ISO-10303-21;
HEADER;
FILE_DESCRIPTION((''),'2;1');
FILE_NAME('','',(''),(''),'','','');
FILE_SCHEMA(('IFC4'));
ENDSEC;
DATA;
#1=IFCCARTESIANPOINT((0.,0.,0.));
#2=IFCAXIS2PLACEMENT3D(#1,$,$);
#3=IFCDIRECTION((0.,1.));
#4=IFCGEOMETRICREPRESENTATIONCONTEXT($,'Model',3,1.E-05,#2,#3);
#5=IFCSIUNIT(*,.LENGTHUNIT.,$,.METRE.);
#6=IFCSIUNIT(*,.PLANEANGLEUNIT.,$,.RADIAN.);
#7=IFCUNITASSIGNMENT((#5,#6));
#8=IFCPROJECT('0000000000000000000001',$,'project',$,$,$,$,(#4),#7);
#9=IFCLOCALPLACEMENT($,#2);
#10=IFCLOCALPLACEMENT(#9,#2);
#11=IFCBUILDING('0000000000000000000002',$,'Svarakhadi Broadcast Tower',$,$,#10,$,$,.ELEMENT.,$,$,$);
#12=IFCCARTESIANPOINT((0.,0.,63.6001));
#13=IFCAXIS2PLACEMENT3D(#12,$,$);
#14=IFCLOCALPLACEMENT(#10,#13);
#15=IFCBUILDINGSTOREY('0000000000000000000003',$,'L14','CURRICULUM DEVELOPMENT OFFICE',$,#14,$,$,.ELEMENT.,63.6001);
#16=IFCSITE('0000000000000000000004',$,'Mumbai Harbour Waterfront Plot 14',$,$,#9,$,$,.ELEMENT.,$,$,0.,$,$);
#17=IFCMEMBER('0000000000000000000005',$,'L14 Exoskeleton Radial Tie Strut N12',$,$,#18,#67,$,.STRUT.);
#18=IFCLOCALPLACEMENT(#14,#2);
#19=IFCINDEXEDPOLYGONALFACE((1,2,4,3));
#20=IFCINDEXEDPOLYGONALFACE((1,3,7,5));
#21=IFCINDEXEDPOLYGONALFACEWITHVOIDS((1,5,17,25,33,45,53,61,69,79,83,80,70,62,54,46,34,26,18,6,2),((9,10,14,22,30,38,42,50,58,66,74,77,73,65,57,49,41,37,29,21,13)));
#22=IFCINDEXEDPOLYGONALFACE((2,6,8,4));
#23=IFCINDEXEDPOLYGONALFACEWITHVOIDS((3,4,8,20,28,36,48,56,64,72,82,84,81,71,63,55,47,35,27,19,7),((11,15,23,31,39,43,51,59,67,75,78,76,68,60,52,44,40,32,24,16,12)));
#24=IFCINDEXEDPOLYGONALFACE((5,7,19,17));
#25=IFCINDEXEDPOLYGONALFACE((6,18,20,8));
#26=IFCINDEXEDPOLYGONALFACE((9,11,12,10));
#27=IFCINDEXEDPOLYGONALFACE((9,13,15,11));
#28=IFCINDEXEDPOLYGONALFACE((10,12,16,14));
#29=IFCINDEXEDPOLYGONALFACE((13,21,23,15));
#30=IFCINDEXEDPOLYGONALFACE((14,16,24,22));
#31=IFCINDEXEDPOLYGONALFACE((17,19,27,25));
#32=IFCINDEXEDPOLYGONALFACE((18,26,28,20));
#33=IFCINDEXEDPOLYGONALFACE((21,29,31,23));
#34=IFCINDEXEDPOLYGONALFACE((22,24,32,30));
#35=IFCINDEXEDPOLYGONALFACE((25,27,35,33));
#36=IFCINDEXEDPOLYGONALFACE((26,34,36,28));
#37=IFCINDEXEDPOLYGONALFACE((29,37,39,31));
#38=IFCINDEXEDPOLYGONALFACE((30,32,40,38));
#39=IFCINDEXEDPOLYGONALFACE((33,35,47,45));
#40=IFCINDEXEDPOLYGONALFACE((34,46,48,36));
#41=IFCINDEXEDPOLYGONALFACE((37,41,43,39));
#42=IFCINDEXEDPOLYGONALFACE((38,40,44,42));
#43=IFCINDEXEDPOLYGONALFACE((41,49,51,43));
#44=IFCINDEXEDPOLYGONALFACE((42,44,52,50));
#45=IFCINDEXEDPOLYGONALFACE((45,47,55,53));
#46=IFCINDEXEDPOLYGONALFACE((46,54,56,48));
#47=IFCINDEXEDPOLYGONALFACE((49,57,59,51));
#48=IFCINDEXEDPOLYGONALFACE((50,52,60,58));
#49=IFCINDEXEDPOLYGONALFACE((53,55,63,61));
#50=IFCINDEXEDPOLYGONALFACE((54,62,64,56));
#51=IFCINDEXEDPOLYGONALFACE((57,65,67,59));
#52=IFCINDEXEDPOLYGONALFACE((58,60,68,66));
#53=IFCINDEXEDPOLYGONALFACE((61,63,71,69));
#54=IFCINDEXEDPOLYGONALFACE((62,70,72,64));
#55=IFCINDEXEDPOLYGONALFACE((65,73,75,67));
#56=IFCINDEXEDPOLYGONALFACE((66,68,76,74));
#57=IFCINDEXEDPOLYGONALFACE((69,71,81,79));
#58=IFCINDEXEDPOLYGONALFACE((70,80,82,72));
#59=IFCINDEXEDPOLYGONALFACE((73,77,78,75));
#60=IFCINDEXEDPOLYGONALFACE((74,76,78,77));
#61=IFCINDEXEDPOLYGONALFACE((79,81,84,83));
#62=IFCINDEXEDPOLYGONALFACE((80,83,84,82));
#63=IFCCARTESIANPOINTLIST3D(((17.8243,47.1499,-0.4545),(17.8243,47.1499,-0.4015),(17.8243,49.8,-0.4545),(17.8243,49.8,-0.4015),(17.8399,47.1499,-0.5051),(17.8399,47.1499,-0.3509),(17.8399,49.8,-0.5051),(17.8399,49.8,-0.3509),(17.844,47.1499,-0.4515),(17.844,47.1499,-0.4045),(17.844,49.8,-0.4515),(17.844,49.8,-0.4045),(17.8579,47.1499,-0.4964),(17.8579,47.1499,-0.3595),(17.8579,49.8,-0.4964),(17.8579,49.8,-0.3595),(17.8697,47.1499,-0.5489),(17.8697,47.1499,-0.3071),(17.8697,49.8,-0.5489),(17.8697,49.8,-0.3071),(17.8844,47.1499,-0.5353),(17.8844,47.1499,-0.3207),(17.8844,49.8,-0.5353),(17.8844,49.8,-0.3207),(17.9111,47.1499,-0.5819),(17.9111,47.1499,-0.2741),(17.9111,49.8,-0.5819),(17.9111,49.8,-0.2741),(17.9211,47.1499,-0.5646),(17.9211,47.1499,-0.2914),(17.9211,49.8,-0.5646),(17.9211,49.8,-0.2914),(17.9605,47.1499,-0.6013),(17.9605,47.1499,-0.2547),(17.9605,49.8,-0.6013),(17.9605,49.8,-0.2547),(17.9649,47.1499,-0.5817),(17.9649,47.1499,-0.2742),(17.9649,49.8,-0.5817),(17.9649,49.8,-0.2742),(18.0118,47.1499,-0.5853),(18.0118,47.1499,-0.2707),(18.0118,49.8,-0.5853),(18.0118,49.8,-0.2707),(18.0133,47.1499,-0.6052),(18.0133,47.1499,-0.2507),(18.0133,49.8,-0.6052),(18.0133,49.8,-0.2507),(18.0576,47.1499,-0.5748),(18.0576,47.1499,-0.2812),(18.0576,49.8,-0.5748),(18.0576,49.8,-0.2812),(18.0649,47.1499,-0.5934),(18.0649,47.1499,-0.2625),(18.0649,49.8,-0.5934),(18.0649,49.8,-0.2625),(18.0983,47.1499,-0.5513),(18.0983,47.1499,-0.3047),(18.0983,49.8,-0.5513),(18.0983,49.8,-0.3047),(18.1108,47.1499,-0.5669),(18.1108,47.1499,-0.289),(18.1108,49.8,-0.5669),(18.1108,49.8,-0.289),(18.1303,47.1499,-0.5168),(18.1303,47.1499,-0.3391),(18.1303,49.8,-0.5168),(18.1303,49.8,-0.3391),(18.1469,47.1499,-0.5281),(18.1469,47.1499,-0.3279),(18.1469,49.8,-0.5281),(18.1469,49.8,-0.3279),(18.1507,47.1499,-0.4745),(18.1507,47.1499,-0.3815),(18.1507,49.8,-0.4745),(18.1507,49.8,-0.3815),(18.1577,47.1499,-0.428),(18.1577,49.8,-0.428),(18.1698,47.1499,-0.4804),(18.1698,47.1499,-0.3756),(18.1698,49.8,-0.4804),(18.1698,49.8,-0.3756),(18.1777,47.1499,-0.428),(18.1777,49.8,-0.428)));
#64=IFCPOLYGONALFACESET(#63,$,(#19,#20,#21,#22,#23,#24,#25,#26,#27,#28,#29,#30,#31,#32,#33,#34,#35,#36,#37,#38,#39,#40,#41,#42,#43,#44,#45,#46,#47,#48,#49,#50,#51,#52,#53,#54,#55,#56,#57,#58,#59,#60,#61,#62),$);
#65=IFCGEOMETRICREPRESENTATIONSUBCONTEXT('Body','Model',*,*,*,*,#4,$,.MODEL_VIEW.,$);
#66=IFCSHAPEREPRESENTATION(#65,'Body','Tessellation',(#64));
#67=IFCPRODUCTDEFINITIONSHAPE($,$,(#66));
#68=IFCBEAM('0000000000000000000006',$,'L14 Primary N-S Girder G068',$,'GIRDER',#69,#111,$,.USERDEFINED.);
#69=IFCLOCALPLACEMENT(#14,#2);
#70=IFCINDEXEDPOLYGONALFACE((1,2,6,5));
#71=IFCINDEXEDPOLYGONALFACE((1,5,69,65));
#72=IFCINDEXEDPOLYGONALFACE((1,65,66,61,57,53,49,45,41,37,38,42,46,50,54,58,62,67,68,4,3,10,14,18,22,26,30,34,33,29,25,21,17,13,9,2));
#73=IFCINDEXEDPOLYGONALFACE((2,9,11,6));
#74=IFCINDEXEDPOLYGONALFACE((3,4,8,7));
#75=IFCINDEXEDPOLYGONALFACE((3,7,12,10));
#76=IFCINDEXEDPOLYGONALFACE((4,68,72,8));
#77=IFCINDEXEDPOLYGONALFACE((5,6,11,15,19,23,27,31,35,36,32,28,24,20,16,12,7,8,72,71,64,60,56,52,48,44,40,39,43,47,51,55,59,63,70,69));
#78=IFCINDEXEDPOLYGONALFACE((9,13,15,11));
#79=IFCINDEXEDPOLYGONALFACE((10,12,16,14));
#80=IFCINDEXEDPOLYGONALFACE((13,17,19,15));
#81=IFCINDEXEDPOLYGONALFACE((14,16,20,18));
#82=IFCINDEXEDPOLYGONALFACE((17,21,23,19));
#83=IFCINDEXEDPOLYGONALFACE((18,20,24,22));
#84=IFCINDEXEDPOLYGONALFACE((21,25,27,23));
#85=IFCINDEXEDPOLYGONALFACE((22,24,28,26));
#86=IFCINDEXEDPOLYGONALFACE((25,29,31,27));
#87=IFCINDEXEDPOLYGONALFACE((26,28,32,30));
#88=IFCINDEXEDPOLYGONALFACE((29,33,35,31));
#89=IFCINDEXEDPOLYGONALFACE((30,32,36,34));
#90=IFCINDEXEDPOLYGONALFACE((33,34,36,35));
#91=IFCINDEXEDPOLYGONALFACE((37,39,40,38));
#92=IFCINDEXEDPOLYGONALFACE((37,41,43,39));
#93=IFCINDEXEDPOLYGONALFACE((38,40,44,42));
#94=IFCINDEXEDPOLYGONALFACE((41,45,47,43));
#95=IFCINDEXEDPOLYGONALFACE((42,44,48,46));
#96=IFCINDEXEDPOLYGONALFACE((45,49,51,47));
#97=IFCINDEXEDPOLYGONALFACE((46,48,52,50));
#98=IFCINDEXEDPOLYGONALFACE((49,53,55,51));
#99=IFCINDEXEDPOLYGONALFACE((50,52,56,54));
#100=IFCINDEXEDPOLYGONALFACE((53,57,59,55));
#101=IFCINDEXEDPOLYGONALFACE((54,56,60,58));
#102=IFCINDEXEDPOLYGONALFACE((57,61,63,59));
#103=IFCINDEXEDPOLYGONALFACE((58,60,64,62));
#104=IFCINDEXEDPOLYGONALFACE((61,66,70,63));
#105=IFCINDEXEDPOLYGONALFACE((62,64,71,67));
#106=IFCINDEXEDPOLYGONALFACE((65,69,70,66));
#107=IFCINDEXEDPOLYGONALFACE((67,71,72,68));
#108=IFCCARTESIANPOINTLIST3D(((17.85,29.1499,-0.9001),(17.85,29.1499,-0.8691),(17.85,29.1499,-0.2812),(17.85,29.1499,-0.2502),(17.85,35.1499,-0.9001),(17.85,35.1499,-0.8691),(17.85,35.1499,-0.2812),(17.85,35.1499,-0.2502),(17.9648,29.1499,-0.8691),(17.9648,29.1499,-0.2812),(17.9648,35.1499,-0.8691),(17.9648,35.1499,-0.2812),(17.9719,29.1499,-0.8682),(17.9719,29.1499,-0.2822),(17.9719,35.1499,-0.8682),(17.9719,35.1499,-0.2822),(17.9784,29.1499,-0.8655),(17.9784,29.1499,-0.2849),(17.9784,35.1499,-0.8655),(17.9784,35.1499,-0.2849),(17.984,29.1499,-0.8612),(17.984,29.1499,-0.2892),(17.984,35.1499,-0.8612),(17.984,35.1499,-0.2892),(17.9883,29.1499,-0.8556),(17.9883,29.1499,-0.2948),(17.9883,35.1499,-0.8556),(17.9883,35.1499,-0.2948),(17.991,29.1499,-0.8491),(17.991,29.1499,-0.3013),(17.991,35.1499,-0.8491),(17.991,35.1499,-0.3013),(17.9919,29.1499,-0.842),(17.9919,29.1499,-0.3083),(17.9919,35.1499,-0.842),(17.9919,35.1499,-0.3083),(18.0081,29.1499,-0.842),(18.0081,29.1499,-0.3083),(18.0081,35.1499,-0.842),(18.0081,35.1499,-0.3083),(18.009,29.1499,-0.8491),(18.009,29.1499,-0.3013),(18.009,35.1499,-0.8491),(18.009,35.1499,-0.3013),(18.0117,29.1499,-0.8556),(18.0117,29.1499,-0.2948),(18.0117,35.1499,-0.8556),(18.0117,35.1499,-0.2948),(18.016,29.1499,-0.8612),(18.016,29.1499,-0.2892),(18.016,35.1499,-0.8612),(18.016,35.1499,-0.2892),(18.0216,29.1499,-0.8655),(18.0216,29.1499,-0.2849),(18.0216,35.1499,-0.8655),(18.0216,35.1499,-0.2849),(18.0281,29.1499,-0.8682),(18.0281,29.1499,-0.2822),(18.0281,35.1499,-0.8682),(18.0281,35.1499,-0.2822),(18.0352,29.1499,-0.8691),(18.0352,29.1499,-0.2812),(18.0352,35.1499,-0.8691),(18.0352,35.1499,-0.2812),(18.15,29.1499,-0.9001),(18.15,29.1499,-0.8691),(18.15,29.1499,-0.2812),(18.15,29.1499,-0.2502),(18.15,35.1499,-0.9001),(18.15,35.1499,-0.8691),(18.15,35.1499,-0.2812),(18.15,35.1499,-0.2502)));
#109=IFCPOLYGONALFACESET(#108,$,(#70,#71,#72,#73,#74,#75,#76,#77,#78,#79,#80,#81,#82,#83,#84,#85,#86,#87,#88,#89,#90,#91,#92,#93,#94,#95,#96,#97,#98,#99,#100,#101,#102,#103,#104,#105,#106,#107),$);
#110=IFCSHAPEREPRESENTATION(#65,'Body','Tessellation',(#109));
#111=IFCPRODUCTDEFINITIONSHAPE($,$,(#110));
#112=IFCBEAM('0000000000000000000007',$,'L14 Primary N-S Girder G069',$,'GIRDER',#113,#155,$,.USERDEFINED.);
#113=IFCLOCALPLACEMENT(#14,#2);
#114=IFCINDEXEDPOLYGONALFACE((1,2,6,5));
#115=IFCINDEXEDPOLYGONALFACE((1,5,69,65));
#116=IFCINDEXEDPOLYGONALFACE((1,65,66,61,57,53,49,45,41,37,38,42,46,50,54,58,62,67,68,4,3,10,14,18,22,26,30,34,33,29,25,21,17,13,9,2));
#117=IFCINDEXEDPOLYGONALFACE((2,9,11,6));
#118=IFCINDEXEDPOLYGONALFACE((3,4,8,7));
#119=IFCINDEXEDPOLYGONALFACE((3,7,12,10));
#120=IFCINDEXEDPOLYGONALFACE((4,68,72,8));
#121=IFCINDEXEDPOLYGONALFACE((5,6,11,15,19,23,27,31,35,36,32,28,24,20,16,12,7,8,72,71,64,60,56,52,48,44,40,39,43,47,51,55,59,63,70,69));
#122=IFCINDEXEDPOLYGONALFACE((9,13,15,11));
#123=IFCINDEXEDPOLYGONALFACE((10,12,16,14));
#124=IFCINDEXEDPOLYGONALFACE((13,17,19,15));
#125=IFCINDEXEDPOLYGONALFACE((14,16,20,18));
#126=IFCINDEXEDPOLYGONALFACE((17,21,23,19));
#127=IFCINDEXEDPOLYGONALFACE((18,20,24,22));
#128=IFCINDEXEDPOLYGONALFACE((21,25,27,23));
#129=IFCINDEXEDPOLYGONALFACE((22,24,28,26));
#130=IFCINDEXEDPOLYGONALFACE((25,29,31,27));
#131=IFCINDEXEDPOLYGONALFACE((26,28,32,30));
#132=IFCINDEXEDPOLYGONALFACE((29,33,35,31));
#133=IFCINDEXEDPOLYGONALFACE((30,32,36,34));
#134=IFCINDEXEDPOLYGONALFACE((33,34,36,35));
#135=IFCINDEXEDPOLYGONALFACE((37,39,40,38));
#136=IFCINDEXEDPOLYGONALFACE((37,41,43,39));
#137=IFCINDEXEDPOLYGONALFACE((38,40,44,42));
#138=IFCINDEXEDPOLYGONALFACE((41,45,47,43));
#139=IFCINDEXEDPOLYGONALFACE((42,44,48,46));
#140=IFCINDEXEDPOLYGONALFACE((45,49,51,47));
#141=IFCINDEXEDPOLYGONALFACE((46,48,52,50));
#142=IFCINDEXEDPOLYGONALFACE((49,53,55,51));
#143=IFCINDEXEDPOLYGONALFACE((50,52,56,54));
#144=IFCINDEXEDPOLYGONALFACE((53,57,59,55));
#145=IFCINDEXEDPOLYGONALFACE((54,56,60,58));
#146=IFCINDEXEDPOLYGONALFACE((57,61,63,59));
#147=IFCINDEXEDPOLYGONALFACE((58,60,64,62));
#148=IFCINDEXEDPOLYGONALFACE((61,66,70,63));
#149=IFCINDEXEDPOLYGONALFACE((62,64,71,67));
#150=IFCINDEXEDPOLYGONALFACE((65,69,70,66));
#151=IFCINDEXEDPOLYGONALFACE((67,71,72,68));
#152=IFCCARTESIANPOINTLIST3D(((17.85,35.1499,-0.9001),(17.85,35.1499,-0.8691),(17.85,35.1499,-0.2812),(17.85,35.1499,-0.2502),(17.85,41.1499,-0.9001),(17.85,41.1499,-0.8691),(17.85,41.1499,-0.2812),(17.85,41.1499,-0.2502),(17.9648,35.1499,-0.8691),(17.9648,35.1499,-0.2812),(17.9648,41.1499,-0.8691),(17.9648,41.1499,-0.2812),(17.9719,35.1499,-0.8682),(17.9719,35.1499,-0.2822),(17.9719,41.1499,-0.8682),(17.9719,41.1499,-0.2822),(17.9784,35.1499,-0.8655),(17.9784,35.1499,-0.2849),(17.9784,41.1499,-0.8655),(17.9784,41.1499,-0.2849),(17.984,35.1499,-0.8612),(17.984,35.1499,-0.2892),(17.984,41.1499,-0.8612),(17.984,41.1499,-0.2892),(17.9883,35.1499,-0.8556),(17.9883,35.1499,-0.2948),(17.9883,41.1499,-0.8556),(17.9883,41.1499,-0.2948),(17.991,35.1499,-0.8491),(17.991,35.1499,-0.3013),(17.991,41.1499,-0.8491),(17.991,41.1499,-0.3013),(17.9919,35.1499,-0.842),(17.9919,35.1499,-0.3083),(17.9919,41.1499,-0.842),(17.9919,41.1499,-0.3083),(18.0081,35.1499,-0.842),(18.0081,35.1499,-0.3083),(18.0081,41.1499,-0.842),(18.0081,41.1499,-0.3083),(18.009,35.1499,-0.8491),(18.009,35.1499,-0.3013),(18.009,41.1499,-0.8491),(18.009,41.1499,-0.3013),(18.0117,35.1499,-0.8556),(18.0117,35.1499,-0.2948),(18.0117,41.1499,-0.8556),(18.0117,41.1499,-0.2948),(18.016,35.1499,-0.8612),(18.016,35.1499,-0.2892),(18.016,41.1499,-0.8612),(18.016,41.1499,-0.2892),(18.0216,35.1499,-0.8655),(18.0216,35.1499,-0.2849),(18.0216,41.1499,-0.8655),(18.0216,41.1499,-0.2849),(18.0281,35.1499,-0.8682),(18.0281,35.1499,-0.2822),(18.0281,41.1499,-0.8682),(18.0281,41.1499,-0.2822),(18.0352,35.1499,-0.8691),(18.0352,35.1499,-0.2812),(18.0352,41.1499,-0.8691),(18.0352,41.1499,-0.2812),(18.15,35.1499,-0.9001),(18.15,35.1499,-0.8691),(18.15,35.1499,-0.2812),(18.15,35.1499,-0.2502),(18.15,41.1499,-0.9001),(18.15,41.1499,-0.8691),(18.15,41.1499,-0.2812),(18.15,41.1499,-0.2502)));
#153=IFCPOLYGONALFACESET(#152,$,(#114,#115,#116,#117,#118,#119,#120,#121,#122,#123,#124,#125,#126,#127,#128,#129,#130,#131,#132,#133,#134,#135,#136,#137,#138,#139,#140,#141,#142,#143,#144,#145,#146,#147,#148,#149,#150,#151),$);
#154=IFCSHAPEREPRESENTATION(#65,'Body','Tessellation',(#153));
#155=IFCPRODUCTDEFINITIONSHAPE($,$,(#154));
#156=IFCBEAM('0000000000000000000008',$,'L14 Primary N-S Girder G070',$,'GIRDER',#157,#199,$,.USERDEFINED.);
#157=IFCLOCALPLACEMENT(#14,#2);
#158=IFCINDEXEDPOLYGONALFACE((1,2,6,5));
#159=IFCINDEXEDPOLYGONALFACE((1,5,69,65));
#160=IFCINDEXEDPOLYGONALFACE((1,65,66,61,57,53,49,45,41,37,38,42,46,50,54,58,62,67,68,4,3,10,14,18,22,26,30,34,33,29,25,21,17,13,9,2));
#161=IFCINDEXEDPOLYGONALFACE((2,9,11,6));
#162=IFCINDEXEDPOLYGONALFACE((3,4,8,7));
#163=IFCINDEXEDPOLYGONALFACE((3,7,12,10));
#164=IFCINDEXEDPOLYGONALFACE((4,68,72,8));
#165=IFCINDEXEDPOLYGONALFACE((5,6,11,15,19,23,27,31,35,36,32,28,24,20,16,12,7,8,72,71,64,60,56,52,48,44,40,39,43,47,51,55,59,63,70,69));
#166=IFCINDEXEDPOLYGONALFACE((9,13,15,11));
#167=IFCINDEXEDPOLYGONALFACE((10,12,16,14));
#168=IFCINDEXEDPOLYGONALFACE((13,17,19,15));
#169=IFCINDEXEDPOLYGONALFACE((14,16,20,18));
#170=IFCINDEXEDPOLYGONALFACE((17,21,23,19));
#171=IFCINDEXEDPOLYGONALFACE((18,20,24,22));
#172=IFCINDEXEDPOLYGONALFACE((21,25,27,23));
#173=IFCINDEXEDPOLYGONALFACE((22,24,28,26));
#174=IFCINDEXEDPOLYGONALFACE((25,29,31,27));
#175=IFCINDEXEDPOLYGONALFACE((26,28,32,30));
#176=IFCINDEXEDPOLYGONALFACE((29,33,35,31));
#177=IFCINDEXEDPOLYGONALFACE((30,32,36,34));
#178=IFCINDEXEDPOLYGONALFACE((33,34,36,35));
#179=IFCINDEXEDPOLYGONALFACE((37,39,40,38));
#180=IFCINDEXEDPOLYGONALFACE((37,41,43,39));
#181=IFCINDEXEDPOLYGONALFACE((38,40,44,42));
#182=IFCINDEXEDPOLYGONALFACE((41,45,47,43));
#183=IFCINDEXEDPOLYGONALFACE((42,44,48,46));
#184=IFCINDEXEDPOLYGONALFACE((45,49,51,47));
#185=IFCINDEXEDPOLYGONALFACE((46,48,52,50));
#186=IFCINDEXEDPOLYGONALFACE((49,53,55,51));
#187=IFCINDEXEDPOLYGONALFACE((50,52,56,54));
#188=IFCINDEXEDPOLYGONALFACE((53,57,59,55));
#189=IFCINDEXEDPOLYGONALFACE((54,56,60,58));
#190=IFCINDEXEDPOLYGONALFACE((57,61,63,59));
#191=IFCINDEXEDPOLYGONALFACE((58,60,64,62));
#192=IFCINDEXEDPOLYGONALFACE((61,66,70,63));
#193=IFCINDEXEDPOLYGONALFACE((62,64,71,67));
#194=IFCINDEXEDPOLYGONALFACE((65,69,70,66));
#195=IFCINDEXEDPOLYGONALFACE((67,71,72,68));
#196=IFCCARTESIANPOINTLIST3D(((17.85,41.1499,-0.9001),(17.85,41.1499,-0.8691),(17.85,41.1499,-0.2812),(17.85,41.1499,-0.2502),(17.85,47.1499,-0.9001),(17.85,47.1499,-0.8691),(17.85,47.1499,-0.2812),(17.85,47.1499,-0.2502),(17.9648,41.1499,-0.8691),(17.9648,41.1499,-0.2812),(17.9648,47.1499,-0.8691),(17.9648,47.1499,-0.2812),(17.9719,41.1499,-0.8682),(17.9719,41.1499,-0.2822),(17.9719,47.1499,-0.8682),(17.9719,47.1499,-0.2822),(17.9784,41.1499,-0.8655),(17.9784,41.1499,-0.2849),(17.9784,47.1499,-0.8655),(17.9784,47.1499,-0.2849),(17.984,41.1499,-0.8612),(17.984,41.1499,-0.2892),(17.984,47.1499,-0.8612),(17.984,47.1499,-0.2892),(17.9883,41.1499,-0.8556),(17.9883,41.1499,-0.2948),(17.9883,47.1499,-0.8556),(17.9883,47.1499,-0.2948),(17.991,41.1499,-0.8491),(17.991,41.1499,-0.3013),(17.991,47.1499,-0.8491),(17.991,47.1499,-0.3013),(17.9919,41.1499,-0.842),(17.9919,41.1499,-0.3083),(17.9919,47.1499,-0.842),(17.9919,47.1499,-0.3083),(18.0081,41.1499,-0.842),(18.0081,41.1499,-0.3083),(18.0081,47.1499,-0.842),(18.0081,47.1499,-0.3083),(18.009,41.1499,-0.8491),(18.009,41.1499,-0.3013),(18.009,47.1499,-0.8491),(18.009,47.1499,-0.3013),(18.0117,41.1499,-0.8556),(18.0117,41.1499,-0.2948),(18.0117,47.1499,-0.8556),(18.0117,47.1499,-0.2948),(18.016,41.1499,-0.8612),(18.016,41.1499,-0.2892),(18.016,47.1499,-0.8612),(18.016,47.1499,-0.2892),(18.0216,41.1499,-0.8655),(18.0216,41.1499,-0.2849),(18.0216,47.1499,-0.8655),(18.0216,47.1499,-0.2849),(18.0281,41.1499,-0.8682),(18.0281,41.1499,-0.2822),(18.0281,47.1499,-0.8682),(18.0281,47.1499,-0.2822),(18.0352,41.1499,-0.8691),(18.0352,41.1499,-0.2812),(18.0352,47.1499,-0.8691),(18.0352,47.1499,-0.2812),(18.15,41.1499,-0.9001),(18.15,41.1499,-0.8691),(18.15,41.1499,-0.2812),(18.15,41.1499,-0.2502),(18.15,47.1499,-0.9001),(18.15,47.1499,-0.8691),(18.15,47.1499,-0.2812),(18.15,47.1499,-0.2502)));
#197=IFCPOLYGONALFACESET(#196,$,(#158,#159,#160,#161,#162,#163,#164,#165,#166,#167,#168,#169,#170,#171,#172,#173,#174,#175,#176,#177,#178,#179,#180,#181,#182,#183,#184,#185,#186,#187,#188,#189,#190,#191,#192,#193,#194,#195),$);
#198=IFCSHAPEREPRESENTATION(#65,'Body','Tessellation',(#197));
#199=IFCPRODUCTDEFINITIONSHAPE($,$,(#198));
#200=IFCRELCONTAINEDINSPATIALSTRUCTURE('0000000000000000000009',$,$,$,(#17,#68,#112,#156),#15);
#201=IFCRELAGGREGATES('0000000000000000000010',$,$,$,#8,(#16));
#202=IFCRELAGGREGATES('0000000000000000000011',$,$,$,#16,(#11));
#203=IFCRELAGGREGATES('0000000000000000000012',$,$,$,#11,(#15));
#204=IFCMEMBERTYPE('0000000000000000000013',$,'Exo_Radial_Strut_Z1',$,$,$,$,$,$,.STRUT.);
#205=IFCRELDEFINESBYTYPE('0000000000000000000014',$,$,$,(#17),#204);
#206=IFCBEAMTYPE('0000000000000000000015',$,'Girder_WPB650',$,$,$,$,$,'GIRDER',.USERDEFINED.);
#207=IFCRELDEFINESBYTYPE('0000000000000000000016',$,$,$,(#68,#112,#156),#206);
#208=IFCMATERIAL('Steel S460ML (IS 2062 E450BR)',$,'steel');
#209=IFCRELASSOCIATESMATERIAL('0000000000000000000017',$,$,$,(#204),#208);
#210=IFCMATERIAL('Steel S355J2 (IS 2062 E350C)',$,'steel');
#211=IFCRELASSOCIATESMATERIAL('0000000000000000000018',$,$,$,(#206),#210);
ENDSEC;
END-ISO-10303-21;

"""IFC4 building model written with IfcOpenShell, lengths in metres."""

from ifc_helpers import new_model, si_unit, direction, frame, origin, origin_2d, place, context, subcontext, project, spatial, hollow_circle, i_section, extrude, material, material_profile, profile_set, type_object, element, save


model = new_model("IFC4")

# Units and contexts
model_context = context("Model", 3, precision=1e-05, world=origin(), true_north=direction((0.0, 1.0)))
body_context = subcontext(model_context, "Body", "Model", "MODEL_VIEW")
ifc_project = project(units=[si_unit("LENGTHUNIT", "METRE"), si_unit("PLANEANGLEUNIT", "RADIAN")], contexts=[model_context])

# Site, building, storey
site_placement = place(None, origin())
site = spatial("IfcSite", under=ifc_project, at=site_placement, Name="Mumbai Harbour Waterfront Plot 14", CompositionType="ELEMENT", RefElevation=0.0)
building_placement = place(site_placement, origin())
building = spatial("IfcBuilding", under=site, at=building_placement, Name="Svarakhadi Broadcast Tower", CompositionType="ELEMENT")
storey_placement = place(building_placement, frame((0.0, 0.0, 63.6001)))
storey = spatial("IfcBuildingStorey", under=building, at=storey_placement, Name="L14", Description="CURRICULUM DEVELOPMENT OFFICE", CompositionType="ELEMENT", Elevation=63.6001)

# Member
ifc_material_1 = material(Name="Steel S460ML (IS 2062 E450BR)", Category="steel")
ifc_material_profile_1 = material_profile(ifc_material_1, hollow_circle(Radius=0.1777, WallThickness=0.02, at=origin_2d()), Name="CHS 355.6x20")
ifc_profile_set_1 = profile_set([ifc_material_profile_1], Name="Steel S460ML (IS 2062 E450BR)")
member_type_1 = type_object("IfcMemberType", Name="Exo_Radial_Strut_Z1", PredefinedType="STRUT", material=ifc_profile_set_1)
member_1_placement = place(storey_placement, frame((18.0, 49.8, -0.428), z_axis=(0.0, -1.0, 0.0), x_axis=(1.0, 0.0, 0.0)))
element("IfcMember", 1, at=member_1_placement, inside=storey, type_object=member_type_1, Name="L14 Exoskeleton Radial Tie Strut N12", PredefinedType="STRUT", context=body_context, shape_type="SweptSolid", body=[
    extrude(hollow_circle(Radius=0.1777, WallThickness=0.02, at=origin_2d()), origin(), (0.0, 0.0, 1.0), 2.6501),
])

# Beams
ifc_material_2 = material(Name="Steel S355J2 (IS 2062 E350C)", Category="steel")
ifc_material_profile_2 = material_profile(ifc_material_2, i_section(OverallWidth=0.3, OverallDepth=0.6499, WebThickness=0.0161, FlangeThickness=0.031, FilletRadius=0.0271, at=origin_2d()), Name="WPB 650x300x225")
ifc_profile_set_2 = profile_set([ifc_material_profile_2], Name="Steel S355J2 (IS 2062 E350C)")
beam_type = type_object("IfcBeamType", Name="Girder_WPB650", ElementType="GIRDER", PredefinedType="USERDEFINED", material=ifc_profile_set_2)
for number, where, z_axis, x_axis, name in (
    (2, (18.0, 29.1499, -0.5752), (0.0, 1.0, 0.0), (-1.0, 0.0, 0.0), "L14 Primary N-S Girder G068"),
    (3, (18.0, 35.1499, -0.5752), (0.0, 1.0, 0.0), (-1.0, 0.0, 0.0), "L14 Primary N-S Girder G069"),
    (4, (18.0, 41.1499, -0.5752), (0.0, 1.0, 0.0), (-1.0, 0.0, 0.0), "L14 Primary N-S Girder G070"),
):
    element("IfcBeam", number, at=place(storey_placement, frame(where, z_axis=z_axis, x_axis=x_axis)), inside=storey, type_object=beam_type, Name=name, ObjectType="GIRDER", PredefinedType="USERDEFINED", context=body_context, shape_type="SweptSolid", body=[
        extrude(i_section(OverallWidth=0.3, OverallDepth=0.6499, WebThickness=0.0161, FlangeThickness=0.031, FilletRadius=0.0271, at=origin_2d()), origin(), (0.0, 0.0, 1.0), 6.0),
    ])

save(model, "model.ifc")
